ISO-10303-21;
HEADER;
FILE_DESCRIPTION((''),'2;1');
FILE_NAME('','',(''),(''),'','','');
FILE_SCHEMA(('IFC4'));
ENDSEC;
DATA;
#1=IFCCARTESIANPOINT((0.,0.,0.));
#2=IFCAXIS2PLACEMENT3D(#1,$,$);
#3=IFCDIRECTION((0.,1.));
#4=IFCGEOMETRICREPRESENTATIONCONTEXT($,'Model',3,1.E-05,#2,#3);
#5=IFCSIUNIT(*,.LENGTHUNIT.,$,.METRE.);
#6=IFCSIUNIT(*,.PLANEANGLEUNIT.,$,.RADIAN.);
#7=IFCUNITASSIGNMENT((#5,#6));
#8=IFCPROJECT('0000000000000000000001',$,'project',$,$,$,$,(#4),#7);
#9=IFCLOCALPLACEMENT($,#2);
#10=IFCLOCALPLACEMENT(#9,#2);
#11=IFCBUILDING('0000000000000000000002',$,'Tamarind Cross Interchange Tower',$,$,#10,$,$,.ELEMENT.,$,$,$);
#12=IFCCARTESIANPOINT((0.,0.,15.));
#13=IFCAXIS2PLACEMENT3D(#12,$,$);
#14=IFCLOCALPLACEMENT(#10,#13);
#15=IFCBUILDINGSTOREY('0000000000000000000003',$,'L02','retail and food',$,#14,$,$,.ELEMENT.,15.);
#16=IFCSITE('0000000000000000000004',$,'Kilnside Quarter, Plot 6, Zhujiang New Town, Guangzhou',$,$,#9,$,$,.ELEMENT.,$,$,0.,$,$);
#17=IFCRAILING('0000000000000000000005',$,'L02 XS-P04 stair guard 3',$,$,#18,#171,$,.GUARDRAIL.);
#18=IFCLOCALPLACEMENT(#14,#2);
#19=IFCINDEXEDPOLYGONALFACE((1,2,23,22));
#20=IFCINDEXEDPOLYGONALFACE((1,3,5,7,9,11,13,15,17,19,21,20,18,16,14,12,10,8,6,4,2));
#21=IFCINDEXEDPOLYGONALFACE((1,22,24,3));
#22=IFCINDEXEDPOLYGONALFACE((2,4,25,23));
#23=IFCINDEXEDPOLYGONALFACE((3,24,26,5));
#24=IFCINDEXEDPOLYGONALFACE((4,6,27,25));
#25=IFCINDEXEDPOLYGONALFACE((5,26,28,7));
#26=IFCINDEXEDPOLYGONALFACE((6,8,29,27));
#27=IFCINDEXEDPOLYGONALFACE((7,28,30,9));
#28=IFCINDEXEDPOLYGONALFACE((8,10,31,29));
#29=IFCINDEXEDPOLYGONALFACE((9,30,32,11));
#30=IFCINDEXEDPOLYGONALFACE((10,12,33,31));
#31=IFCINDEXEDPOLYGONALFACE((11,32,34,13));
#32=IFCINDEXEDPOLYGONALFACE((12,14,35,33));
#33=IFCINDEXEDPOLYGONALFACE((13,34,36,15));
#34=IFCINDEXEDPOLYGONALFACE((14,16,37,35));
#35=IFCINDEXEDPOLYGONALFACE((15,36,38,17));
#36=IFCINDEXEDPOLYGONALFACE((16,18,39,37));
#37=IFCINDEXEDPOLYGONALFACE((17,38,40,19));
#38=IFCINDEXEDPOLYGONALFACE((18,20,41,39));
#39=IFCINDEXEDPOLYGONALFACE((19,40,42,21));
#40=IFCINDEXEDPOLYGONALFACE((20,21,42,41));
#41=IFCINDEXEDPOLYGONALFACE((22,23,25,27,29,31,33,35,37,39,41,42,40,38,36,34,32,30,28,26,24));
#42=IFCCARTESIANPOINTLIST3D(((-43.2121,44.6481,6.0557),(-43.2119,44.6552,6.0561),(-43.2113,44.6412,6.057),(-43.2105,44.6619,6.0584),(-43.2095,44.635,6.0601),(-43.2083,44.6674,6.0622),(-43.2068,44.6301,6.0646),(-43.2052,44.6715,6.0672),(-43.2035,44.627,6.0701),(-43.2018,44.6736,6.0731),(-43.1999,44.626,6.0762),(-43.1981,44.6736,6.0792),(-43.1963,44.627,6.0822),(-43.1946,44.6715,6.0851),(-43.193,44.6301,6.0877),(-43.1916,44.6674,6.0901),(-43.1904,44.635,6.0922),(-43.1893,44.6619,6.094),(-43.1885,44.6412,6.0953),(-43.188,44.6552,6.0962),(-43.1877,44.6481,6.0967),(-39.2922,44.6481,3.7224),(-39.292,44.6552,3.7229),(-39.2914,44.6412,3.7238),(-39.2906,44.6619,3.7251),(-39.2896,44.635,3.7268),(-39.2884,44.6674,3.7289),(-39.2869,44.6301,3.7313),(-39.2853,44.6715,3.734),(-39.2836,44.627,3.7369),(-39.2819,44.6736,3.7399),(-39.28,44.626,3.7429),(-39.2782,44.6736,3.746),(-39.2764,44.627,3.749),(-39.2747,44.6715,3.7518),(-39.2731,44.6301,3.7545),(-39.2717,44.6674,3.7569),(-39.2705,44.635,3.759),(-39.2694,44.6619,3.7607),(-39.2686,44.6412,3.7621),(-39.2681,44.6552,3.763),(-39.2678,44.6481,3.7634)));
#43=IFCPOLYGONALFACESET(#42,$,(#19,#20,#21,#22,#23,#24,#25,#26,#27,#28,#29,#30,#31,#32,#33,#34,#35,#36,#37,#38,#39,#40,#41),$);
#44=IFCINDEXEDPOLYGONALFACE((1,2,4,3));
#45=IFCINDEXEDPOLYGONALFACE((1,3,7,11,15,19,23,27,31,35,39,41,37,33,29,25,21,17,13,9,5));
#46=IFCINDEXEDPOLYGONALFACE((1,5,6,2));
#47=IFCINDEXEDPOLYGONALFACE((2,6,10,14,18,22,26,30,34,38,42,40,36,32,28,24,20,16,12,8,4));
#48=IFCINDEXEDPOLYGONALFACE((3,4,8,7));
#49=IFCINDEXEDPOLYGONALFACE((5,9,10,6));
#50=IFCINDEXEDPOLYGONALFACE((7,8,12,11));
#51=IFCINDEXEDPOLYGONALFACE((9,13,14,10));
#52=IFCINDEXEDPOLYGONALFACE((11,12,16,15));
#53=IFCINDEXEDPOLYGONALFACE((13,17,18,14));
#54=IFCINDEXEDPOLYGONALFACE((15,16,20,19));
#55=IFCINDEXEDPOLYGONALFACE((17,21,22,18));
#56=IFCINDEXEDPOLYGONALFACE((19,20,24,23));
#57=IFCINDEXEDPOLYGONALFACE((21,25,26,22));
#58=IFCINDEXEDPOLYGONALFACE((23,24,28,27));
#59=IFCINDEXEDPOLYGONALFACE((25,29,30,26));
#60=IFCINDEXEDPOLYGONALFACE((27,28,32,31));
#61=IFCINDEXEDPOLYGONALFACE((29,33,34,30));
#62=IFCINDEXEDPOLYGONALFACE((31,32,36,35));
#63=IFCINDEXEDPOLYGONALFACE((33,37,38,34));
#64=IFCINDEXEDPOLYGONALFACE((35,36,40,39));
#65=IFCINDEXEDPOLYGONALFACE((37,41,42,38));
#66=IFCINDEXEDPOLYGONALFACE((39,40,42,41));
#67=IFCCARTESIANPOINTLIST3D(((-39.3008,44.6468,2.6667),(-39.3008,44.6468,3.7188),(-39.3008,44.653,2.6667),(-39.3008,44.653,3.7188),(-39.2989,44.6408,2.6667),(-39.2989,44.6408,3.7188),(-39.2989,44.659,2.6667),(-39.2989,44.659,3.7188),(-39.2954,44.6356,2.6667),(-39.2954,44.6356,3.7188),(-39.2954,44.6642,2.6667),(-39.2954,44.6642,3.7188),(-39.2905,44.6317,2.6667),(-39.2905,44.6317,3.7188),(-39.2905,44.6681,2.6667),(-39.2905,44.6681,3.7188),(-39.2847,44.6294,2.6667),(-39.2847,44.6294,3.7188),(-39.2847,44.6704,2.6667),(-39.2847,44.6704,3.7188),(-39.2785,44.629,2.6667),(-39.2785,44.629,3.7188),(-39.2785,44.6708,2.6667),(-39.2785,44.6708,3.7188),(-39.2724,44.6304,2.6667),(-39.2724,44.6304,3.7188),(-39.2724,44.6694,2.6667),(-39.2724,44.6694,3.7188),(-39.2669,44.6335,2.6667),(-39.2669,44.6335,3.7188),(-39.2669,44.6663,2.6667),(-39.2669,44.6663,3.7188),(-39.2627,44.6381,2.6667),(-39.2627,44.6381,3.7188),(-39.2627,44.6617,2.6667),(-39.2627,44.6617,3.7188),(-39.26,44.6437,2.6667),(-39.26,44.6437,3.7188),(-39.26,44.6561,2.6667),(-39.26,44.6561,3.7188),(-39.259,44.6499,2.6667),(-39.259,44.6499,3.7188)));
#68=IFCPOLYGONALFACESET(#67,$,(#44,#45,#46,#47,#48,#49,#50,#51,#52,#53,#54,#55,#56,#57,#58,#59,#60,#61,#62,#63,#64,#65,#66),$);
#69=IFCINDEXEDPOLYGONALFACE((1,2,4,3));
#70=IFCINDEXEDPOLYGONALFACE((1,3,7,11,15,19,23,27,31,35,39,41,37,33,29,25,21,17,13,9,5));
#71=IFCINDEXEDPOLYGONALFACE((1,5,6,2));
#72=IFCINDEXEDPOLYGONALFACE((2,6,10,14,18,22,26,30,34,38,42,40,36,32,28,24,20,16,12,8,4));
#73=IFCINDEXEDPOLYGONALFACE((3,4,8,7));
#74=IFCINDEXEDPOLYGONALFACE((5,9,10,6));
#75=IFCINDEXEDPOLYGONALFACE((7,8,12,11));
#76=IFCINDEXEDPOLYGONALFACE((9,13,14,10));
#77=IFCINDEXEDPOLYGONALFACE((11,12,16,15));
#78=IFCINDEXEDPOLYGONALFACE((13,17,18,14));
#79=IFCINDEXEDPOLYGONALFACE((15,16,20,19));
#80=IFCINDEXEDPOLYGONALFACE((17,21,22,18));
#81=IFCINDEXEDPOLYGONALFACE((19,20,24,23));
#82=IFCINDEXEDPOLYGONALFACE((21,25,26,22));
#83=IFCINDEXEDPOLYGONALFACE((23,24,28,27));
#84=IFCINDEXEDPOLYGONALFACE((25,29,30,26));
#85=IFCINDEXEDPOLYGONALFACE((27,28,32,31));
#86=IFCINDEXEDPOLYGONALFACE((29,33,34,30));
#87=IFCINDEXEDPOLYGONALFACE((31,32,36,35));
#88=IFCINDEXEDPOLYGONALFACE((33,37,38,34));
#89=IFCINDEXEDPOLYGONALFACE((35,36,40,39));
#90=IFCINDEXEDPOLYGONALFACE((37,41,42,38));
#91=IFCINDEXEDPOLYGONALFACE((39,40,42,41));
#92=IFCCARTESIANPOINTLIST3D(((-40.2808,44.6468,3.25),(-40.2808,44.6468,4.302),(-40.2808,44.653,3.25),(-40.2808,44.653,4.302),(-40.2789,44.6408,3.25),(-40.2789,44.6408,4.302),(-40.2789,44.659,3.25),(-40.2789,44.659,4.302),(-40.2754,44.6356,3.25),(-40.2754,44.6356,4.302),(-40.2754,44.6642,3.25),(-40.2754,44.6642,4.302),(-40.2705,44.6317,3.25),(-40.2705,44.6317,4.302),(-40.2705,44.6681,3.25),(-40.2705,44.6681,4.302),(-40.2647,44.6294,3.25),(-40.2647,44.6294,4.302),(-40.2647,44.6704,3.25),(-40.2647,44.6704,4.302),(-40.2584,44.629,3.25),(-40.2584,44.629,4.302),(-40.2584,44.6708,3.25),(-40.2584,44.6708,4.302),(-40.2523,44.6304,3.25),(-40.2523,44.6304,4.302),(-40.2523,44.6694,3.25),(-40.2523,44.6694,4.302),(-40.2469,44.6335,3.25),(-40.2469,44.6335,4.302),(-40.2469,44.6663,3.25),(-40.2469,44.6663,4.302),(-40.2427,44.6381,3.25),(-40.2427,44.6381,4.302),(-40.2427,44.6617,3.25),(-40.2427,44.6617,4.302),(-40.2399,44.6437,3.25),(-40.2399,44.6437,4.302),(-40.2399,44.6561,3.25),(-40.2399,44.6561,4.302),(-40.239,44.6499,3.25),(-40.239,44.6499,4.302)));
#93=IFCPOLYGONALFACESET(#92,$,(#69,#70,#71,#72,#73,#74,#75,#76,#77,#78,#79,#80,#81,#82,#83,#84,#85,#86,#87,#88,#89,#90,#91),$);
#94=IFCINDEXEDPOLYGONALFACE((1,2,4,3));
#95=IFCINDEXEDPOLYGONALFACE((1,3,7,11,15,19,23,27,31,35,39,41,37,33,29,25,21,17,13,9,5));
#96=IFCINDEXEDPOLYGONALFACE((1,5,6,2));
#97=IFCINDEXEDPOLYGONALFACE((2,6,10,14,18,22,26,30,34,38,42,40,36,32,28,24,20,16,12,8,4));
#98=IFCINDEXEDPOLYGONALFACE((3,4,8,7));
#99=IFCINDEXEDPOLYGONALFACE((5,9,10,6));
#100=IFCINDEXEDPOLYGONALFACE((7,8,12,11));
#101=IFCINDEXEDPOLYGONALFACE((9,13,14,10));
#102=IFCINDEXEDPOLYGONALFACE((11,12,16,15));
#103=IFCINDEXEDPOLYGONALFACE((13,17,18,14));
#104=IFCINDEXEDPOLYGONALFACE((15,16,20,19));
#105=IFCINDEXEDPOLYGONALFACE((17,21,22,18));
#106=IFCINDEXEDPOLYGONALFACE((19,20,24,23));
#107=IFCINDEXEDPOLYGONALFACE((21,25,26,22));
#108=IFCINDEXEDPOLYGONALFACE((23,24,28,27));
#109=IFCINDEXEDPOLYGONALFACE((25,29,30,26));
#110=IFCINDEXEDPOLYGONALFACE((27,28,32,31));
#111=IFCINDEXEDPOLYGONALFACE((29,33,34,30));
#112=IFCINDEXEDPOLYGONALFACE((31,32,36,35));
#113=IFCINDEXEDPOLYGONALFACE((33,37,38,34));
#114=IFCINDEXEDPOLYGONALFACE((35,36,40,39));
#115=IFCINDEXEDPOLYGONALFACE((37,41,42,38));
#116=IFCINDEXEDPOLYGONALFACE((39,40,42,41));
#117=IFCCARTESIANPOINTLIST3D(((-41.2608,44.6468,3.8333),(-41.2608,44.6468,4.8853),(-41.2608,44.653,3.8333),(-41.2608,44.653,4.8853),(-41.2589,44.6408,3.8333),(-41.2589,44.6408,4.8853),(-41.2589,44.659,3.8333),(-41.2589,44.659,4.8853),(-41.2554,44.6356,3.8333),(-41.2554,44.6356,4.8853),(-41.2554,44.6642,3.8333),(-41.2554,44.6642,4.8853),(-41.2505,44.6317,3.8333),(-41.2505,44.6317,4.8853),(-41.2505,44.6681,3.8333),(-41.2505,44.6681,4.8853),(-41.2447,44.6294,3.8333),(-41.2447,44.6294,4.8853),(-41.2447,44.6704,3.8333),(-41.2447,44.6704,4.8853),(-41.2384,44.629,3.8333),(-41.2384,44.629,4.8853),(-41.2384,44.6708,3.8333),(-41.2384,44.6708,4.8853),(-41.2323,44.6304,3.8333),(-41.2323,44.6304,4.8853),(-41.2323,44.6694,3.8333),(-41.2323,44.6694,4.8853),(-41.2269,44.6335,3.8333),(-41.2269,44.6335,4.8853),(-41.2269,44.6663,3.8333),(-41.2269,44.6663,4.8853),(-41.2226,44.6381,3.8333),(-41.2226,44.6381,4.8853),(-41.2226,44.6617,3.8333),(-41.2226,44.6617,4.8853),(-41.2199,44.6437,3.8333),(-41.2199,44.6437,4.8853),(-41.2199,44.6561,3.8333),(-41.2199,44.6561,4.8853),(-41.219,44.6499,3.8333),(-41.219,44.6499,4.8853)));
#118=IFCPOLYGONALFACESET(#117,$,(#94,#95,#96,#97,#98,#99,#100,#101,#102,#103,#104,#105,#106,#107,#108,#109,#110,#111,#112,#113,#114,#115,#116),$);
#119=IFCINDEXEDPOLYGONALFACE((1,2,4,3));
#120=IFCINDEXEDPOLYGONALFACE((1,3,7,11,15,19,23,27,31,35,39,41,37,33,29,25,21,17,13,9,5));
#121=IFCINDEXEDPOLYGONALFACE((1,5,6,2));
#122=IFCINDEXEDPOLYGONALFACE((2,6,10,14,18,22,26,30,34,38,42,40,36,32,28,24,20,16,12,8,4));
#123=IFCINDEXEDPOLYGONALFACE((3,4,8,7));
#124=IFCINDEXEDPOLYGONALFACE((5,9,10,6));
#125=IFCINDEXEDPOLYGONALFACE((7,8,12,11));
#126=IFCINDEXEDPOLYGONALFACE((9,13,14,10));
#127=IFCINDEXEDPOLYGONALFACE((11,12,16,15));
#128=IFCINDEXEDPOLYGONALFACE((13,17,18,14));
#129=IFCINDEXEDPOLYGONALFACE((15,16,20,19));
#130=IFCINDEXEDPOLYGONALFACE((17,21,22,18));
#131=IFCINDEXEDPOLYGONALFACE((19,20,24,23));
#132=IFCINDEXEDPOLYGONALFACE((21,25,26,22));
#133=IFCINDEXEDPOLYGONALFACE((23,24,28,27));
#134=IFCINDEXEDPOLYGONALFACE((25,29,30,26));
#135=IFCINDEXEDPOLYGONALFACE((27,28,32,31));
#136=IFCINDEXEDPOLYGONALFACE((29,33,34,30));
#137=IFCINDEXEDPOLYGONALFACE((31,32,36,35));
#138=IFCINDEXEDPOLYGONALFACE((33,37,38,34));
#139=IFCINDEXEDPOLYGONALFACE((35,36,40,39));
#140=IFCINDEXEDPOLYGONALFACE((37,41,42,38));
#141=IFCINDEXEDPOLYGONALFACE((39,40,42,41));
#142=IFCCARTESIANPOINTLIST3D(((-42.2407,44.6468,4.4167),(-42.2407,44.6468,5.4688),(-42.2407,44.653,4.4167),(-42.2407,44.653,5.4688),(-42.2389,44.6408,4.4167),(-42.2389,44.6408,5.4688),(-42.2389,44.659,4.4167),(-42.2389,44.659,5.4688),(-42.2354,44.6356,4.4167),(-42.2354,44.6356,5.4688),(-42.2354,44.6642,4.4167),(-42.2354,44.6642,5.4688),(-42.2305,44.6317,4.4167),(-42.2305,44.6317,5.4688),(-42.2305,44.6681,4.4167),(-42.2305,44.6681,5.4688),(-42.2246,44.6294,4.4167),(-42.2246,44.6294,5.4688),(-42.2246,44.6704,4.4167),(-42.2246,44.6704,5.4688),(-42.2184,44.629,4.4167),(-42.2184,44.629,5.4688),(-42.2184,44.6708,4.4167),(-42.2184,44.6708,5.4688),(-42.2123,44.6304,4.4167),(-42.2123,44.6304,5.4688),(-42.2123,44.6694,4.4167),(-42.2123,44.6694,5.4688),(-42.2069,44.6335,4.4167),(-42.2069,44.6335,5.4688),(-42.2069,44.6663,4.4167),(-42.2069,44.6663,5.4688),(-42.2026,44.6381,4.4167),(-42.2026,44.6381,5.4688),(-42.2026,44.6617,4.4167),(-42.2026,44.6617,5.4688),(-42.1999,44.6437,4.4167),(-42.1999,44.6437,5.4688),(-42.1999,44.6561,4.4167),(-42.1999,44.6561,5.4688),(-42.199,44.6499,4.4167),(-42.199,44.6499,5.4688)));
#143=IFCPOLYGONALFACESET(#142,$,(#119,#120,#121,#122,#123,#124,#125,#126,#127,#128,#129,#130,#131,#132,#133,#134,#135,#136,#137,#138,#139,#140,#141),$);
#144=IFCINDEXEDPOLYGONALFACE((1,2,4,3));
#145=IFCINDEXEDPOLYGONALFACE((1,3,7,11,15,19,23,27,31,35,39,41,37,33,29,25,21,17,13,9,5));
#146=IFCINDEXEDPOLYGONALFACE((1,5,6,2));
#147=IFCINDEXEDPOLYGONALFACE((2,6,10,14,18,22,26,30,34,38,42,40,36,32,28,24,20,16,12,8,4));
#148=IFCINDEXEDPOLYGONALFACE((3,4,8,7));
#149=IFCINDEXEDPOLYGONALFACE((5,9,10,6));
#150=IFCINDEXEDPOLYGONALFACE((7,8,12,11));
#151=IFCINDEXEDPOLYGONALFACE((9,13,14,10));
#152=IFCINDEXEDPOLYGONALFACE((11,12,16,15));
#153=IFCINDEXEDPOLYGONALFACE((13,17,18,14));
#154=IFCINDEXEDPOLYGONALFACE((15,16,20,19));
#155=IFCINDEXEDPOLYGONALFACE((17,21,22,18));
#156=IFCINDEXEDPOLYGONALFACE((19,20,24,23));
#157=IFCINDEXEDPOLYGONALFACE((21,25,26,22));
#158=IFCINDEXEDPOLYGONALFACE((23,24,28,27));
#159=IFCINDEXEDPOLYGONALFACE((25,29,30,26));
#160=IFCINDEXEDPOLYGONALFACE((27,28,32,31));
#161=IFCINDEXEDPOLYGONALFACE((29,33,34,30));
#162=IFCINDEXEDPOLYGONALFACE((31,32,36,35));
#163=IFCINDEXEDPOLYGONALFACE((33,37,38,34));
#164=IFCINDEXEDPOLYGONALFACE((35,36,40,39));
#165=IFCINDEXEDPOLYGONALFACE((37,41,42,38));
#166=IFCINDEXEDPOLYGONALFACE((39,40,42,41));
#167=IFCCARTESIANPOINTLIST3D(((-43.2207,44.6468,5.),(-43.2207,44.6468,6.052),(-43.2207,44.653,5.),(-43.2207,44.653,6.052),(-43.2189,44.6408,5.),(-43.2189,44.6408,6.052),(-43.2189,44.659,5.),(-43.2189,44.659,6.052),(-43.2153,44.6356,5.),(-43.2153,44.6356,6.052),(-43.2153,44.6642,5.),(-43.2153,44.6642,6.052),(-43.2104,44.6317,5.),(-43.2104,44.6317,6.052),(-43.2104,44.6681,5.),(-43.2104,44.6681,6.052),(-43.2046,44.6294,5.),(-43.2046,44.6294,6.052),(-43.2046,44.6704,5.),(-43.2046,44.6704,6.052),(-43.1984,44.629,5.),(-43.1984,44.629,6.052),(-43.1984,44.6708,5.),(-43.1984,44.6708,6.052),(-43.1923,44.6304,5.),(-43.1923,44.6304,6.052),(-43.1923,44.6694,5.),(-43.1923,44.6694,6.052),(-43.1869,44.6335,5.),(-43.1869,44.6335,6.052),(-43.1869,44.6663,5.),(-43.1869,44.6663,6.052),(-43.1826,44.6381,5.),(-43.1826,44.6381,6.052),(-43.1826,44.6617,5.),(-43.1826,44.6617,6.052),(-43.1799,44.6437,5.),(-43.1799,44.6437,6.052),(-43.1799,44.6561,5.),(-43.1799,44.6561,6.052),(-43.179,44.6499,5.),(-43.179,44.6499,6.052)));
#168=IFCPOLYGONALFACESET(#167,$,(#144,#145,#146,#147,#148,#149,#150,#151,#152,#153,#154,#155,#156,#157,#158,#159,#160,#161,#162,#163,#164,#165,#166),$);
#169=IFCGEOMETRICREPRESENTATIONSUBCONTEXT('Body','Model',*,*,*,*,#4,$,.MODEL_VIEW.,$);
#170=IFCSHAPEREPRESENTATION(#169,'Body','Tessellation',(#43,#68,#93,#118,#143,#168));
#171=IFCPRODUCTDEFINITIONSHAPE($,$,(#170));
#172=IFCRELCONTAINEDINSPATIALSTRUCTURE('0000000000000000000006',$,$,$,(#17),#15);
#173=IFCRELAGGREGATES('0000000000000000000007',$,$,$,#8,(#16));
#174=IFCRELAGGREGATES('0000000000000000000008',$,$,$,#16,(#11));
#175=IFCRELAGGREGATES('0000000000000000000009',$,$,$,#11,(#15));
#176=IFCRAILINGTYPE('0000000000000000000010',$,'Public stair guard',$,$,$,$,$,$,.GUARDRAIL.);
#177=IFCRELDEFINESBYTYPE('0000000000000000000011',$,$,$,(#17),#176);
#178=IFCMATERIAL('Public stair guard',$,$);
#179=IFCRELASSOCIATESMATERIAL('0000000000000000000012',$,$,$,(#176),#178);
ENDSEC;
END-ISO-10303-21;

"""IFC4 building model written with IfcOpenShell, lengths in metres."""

from ifc_helpers import new_model, si_unit, direction, frame, origin, origin_2d, place, context, subcontext, project, spatial, circle, extrude, material, type_object, element, save


model = new_model("IFC4")

# Units and contexts
model_context = context("Model", 3, precision=1e-05, world=origin(), true_north=direction((0.0, 1.0)))
body_context = subcontext(model_context, "Body", "Model", "MODEL_VIEW")
ifc_project = project(units=[si_unit("LENGTHUNIT", "METRE"), si_unit("PLANEANGLEUNIT", "RADIAN")], contexts=[model_context])

# Site, building, storey
site_placement = place(None, origin())
site = spatial("IfcSite", under=ifc_project, at=site_placement, Name="Kilnside Quarter, Plot 6, Zhujiang New Town, Guangzhou", CompositionType="ELEMENT", RefElevation=0.0)
building_placement = place(site_placement, origin())
building = spatial("IfcBuilding", under=site, at=building_placement, Name="Tamarind Cross Interchange Tower", CompositionType="ELEMENT")
storey_placement = place(building_placement, frame((0.0, 0.0, 15.0)))
storey = spatial("IfcBuildingStorey", under=building, at=storey_placement, Name="L02", Description="retail and food", CompositionType="ELEMENT", Elevation=15.0)

# Railing
ifc_material_1 = material(Name="Public stair guard")
railing_type_1 = type_object("IfcRailingType", Name="Public stair guard", PredefinedType="GUARDRAIL", material=ifc_material_1)
railing_1_placement = place(storey_placement, frame((-39.28, 44.6499, 2.6667)))
element("IfcRailing", 1, at=railing_1_placement, inside=storey, type_object=railing_type_1, Name="L02 XS-P04 stair guard 3", PredefinedType="GUARDRAIL", context=body_context, shape_type="SweptSolid", body=[
    extrude(circle(Radius=0.0239, at=origin_2d()), frame((0.0, 0.0, 1.0762), z_axis=(-0.859296, 0.0, 0.511478), x_axis=(0.0, -1.0, 0.0)), (0.0, 0.0, 1.0), 4.5618),
    extrude(circle(Radius=0.021, at=origin_2d()), origin(), (0.0, 0.0, 1.0), 1.052),
    extrude(circle(Radius=0.021, at=origin_2d()), frame((-0.98, 0.0, 0.5833)), (0.0, 0.0, 1.0), 1.052),
    extrude(circle(Radius=0.021, at=origin_2d()), frame((-1.96, 0.0, 1.1665)), (0.0, 0.0, 1.0), 1.052),
    extrude(circle(Radius=0.021, at=origin_2d()), frame((-2.9399, 0.0, 1.75)), (0.0, 0.0, 1.0), 1.052),
    extrude(circle(Radius=0.021, at=origin_2d()), frame((-3.9199, 0.0, 2.3333)), (0.0, 0.0, 1.0), 1.052),
])

save(model, "model.ifc")
